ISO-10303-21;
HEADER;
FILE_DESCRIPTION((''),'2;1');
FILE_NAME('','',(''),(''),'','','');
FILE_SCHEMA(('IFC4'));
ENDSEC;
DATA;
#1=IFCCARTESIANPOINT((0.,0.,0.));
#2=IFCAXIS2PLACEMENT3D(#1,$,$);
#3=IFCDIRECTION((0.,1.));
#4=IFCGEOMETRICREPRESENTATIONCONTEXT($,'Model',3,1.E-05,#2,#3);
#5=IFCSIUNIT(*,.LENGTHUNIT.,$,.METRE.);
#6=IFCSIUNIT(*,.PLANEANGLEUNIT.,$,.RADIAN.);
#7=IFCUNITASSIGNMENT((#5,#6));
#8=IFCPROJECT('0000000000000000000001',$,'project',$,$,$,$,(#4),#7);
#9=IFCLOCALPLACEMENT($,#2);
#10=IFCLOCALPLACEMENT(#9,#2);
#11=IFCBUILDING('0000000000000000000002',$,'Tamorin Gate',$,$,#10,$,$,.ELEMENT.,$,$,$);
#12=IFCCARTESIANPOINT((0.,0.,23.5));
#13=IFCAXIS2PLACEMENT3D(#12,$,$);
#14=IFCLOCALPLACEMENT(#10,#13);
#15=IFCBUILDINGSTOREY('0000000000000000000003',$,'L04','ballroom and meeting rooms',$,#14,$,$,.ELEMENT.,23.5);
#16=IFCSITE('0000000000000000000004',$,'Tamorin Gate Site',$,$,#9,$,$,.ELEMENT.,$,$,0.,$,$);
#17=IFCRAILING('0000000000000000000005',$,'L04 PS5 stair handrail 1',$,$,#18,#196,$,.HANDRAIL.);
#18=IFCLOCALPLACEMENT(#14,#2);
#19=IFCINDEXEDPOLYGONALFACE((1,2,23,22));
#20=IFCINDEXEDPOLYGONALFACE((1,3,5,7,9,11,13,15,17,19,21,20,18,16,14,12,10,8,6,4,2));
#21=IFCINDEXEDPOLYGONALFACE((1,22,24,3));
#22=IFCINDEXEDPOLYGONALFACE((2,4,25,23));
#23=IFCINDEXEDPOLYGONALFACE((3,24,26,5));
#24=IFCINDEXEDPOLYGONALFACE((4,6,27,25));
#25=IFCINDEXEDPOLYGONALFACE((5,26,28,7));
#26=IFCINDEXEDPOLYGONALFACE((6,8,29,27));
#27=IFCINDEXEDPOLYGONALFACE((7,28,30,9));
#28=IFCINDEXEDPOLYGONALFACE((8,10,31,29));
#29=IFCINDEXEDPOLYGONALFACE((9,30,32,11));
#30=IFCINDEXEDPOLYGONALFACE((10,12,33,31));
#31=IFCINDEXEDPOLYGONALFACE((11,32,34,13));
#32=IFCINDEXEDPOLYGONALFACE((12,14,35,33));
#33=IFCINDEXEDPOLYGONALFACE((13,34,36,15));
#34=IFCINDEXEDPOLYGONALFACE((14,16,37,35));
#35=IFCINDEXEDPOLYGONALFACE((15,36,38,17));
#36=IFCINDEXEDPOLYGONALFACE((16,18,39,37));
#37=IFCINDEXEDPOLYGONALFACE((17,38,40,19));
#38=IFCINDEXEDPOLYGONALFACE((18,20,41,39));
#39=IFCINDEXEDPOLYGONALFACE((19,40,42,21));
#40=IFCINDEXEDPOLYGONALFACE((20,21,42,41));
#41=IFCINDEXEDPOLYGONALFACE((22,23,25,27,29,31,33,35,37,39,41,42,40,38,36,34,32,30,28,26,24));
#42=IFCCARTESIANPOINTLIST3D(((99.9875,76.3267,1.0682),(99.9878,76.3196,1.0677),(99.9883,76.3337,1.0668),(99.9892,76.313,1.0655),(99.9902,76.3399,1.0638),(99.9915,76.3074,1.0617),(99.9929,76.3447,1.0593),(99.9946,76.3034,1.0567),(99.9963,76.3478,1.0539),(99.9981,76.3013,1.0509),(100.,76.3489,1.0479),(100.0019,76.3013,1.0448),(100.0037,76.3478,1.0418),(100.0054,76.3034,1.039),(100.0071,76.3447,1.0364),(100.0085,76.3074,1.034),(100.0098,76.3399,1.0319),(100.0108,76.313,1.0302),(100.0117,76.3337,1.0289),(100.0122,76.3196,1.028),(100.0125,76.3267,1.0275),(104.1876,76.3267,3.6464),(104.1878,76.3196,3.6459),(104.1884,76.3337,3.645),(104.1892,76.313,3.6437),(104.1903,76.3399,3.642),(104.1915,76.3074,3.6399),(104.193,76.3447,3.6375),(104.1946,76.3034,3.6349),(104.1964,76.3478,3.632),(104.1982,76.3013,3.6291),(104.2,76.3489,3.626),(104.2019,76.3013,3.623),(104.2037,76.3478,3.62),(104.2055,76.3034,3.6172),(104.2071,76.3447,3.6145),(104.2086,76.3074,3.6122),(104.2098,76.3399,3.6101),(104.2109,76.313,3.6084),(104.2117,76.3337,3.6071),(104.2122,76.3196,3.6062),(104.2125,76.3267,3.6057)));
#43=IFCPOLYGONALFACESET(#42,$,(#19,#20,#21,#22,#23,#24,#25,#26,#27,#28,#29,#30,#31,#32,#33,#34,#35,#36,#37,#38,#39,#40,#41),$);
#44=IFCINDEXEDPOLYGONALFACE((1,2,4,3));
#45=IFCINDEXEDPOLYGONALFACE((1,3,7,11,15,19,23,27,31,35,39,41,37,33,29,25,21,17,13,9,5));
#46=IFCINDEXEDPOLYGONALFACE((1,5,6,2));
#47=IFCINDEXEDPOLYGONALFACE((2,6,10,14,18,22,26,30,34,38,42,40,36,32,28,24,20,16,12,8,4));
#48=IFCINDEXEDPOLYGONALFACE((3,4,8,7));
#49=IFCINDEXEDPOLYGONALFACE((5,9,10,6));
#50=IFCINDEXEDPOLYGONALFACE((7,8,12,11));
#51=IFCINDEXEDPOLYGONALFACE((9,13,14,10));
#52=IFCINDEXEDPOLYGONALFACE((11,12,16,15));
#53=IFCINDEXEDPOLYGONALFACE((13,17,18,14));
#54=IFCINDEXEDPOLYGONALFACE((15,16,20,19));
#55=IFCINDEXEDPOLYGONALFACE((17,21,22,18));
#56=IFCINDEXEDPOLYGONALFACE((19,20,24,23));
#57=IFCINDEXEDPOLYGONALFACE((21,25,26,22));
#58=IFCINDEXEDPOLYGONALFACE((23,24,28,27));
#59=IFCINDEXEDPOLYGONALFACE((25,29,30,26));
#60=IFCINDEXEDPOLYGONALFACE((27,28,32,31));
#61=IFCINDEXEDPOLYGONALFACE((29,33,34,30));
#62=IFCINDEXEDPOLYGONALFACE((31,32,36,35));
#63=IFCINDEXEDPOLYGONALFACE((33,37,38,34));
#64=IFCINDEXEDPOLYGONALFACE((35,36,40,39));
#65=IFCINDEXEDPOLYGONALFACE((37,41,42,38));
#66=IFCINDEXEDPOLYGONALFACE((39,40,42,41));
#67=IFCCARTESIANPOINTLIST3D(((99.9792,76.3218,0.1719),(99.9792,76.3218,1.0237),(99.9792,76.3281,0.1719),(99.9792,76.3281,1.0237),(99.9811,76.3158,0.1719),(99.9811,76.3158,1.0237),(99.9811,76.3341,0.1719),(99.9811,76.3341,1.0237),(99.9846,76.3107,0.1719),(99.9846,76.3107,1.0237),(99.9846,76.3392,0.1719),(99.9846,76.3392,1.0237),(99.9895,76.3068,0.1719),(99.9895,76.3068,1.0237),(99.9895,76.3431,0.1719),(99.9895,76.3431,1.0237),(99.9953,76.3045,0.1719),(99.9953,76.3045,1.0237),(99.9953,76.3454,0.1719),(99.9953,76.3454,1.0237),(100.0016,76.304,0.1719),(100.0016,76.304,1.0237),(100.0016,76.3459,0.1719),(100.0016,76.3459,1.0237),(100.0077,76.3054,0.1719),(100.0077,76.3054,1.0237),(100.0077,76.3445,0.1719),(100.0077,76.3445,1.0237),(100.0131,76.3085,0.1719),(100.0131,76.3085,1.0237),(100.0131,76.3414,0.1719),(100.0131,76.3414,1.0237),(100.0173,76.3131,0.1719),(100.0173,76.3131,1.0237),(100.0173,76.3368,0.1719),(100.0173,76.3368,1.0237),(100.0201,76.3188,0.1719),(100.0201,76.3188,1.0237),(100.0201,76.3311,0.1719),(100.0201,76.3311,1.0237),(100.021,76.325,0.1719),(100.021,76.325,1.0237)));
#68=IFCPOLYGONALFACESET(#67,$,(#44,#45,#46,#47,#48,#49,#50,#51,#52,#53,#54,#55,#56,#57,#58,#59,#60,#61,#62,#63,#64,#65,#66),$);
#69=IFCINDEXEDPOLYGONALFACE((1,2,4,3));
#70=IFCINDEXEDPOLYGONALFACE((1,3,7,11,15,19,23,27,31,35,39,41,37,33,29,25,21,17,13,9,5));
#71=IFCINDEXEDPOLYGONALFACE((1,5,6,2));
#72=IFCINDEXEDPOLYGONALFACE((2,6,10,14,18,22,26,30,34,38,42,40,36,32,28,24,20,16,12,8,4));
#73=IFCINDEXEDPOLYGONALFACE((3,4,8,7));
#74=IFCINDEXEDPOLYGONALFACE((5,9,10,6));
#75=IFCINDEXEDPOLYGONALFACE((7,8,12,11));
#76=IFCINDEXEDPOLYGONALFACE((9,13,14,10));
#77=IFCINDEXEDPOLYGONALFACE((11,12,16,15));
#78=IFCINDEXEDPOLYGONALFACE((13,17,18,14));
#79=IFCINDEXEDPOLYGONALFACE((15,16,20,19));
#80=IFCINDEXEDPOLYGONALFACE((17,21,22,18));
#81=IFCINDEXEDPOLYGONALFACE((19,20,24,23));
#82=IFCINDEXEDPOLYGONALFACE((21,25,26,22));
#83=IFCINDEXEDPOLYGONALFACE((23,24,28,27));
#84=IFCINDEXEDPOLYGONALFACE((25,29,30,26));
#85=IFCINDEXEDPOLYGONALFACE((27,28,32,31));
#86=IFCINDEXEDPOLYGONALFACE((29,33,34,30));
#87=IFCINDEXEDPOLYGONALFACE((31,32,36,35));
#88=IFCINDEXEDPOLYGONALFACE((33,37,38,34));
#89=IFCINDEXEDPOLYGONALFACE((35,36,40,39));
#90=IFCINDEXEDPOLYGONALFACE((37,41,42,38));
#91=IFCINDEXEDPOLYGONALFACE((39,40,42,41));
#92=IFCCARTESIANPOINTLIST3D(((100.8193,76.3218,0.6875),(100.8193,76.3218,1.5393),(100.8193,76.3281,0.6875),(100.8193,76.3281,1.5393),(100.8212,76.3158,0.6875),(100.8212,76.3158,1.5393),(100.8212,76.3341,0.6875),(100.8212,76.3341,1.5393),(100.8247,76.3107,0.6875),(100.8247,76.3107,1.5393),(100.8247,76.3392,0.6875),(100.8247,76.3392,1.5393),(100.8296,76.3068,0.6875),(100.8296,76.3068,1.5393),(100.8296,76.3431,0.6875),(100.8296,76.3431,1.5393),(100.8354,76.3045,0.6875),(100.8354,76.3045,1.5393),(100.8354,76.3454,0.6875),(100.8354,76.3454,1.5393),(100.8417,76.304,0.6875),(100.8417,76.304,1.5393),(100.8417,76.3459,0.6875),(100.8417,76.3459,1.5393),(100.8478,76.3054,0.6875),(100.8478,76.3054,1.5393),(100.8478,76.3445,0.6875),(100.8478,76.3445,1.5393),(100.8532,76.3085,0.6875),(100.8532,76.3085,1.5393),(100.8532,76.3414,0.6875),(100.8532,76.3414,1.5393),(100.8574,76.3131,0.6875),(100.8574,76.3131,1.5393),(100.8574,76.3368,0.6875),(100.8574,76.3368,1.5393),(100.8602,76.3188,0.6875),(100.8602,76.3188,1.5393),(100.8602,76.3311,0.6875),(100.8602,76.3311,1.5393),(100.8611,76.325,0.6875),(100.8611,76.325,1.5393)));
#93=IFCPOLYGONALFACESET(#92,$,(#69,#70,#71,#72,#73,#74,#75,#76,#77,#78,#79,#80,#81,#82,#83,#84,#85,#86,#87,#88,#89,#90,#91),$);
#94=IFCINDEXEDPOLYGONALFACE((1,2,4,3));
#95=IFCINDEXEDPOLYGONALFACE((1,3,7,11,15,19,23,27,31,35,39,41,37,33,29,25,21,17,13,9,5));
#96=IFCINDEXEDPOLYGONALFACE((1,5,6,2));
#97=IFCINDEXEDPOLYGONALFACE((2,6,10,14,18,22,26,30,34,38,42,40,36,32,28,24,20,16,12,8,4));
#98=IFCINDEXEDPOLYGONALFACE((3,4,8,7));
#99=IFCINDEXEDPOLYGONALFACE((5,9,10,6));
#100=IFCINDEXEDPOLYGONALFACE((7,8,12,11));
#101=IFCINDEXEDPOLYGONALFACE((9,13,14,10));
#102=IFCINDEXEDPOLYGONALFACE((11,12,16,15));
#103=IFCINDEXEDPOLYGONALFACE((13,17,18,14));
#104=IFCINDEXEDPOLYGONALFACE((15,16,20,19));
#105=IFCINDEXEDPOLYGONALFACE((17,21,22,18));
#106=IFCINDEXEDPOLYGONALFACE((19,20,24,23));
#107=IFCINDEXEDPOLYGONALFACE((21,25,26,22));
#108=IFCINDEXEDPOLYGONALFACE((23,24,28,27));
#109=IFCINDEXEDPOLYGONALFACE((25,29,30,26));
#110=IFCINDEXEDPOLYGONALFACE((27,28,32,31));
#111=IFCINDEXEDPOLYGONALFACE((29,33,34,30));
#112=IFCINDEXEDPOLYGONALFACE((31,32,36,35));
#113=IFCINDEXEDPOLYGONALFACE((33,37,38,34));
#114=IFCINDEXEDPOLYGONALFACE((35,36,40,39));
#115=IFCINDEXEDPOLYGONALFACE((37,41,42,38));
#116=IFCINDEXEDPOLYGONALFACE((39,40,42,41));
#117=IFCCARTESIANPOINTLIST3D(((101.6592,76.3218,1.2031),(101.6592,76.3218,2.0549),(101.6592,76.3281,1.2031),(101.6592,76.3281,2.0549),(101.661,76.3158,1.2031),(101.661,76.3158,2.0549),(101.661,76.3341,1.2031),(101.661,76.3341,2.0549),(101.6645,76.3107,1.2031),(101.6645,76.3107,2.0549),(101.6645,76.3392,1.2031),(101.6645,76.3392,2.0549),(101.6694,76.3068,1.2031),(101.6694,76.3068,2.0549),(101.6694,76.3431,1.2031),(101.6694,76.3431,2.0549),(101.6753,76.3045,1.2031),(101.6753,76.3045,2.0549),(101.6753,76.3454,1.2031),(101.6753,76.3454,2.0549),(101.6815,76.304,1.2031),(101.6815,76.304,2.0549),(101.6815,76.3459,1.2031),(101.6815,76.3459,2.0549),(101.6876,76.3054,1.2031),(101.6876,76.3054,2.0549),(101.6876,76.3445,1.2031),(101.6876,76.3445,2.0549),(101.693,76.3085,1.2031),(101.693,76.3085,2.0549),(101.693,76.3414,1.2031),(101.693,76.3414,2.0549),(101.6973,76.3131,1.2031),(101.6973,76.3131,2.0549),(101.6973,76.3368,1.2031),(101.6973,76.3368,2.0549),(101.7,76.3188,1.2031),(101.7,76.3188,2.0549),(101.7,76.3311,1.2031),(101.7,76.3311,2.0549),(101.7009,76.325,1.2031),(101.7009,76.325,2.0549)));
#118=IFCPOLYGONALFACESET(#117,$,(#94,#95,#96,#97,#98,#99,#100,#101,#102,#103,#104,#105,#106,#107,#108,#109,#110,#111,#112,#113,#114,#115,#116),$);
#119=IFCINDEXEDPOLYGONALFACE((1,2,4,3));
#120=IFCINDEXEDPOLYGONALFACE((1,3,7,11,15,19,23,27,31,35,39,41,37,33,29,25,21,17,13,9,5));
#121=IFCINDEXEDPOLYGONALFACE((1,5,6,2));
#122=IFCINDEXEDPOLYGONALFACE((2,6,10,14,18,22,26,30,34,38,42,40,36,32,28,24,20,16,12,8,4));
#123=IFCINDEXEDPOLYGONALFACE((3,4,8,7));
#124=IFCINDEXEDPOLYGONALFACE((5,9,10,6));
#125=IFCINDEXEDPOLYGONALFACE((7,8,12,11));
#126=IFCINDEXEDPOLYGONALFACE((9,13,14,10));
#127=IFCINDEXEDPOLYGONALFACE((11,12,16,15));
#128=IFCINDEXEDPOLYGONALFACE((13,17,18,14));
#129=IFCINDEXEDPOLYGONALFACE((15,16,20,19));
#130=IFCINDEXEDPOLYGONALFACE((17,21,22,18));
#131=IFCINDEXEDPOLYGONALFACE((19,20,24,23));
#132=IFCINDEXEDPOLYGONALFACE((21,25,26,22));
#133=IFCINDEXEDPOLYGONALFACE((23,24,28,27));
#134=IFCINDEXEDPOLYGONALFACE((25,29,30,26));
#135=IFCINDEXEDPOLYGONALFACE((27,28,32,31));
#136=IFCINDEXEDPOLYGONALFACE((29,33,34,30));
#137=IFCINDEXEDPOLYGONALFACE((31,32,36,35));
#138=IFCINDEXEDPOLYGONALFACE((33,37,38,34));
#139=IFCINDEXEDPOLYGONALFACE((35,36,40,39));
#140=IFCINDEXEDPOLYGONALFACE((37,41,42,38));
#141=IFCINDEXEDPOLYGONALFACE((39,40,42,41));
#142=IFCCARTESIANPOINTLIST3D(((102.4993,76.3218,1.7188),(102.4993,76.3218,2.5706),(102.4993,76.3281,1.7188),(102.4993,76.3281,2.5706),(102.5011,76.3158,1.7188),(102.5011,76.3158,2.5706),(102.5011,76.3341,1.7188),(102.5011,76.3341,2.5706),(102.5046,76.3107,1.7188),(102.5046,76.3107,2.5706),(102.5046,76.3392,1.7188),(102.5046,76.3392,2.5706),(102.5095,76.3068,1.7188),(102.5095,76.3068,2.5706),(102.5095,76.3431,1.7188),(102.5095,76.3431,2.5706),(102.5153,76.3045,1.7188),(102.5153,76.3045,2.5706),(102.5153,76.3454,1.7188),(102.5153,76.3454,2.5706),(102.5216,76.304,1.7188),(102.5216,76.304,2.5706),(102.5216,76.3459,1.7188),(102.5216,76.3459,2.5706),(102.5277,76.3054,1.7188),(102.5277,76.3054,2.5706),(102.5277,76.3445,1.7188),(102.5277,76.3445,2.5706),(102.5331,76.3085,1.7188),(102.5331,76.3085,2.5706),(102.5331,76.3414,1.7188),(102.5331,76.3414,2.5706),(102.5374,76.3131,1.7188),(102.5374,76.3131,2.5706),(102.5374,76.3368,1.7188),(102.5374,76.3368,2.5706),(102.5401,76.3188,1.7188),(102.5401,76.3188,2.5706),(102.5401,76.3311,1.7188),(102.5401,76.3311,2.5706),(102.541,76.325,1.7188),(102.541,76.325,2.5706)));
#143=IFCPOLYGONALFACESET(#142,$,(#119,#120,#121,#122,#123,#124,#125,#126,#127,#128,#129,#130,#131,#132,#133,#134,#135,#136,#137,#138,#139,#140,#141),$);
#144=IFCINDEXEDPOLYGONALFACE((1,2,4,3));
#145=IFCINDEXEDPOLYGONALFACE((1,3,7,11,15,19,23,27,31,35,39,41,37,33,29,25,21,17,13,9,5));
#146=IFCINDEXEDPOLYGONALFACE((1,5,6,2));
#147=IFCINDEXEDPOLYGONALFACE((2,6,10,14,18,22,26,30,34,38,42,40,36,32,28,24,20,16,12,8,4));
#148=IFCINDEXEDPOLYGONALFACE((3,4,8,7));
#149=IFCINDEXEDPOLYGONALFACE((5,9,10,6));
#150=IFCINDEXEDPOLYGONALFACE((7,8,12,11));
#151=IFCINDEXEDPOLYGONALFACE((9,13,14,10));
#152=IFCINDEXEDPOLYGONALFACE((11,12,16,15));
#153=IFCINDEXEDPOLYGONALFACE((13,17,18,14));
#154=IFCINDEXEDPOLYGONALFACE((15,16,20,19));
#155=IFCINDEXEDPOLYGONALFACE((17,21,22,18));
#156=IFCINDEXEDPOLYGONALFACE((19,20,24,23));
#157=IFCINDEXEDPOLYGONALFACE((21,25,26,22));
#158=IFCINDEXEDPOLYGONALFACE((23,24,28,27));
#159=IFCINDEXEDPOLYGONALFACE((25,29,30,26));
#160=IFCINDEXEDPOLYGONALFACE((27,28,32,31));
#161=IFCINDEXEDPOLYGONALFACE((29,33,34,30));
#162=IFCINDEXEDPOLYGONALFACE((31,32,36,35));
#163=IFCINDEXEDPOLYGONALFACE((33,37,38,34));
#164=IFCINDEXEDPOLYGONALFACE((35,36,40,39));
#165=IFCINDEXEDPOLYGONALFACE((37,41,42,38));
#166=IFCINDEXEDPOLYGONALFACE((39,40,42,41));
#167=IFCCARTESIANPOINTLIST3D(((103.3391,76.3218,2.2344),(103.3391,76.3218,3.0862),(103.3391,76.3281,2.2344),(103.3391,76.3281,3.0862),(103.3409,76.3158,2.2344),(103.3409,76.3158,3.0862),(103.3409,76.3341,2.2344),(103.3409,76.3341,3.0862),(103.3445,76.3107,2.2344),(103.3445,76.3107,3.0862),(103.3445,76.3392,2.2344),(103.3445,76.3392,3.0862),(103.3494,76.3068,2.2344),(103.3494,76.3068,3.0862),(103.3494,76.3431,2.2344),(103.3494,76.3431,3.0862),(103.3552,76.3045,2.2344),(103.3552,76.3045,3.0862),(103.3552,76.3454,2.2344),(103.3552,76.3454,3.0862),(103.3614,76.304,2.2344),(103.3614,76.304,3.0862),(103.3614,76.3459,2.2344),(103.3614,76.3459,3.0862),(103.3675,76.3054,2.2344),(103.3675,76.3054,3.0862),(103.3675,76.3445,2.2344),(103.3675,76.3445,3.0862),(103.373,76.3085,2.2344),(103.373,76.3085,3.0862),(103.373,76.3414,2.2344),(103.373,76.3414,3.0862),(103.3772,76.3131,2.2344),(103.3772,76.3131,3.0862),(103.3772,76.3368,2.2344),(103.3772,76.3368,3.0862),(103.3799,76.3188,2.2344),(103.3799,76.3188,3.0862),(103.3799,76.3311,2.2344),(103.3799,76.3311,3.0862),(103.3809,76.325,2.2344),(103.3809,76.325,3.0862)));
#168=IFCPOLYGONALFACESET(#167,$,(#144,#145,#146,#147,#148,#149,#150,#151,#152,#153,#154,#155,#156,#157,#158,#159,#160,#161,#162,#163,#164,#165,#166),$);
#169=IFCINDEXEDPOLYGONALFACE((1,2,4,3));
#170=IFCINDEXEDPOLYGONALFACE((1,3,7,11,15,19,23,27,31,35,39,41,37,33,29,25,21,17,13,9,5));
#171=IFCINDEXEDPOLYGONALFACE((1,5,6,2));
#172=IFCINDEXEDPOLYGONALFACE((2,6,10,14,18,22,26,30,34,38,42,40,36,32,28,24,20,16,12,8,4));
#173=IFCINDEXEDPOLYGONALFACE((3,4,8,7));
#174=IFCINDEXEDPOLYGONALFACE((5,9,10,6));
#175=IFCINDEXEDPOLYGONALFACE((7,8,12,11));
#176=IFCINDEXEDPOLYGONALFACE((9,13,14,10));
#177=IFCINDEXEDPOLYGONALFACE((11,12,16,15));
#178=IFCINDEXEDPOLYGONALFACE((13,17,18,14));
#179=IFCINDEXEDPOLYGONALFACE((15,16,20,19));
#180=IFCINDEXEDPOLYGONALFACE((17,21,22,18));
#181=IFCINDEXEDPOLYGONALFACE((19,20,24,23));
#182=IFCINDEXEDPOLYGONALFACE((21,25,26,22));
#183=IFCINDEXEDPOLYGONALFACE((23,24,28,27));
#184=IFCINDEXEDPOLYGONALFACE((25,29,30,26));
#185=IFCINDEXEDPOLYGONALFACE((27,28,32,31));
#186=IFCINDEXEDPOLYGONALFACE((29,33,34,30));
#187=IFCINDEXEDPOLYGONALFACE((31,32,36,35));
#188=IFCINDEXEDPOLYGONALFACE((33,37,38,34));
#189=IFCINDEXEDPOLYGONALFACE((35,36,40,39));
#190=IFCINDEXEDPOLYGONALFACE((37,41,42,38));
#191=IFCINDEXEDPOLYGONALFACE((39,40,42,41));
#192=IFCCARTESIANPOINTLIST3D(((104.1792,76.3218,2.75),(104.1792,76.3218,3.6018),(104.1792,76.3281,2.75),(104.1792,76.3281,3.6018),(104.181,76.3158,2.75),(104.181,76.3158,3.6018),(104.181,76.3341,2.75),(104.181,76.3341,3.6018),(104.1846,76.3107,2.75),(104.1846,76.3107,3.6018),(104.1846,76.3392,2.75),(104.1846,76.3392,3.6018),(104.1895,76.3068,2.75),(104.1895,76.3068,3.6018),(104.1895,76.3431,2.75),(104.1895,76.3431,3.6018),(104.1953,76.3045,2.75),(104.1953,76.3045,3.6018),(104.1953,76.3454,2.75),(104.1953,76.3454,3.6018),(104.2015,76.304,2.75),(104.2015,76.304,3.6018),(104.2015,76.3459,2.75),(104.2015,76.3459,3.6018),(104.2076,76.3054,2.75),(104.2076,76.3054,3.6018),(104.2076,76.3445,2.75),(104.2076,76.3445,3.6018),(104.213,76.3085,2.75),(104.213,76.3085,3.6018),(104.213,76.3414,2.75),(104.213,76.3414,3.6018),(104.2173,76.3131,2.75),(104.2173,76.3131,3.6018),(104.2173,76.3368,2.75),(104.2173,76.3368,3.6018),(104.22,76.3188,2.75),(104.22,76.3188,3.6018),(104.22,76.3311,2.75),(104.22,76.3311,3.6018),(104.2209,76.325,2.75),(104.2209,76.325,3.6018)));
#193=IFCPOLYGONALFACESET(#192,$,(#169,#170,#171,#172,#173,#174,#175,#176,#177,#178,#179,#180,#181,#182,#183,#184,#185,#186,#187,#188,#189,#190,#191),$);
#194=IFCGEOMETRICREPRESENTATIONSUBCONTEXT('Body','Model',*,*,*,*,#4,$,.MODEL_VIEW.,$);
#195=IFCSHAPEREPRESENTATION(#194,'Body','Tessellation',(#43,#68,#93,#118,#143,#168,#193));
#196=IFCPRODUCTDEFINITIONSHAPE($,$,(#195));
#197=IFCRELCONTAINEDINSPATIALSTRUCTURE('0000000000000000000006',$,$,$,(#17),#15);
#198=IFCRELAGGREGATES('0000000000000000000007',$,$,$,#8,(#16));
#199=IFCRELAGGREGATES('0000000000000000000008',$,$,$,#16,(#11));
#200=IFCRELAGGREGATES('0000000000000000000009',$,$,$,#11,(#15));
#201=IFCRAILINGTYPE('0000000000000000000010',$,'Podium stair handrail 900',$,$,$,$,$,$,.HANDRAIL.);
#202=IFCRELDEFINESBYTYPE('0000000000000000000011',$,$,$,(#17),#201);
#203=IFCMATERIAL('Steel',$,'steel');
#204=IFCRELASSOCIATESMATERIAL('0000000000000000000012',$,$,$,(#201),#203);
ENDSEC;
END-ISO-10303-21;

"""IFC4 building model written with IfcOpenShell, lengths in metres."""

from ifc_helpers import new_model, si_unit, direction, frame, origin, origin_2d, place, context, subcontext, project, spatial, circle, extrude, material, type_object, element, save


model = new_model("IFC4")

# Units and contexts
model_context = context("Model", 3, precision=1e-05, world=origin(), true_north=direction((0.0, 1.0)))
body_context = subcontext(model_context, "Body", "Model", "MODEL_VIEW")
ifc_project = project(units=[si_unit("LENGTHUNIT", "METRE"), si_unit("PLANEANGLEUNIT", "RADIAN")], contexts=[model_context])

# Site, building, storey
site_placement = place(None, origin())
site = spatial("IfcSite", under=ifc_project, at=site_placement, Name="Tamorin Gate Site", CompositionType="ELEMENT", RefElevation=0.0)
building_placement = place(site_placement, origin())
building = spatial("IfcBuilding", under=site, at=building_placement, Name="Tamorin Gate", CompositionType="ELEMENT")
storey_placement = place(building_placement, frame((0.0, 0.0, 23.5)))
storey = spatial("IfcBuildingStorey", under=building, at=storey_placement, Name="L04", Description="ballroom and meeting rooms", CompositionType="ELEMENT", Elevation=23.5)

# Railing
ifc_material_1 = material(Name="Steel", Category="steel")
railing_type_1 = type_object("IfcRailingType", Name="Podium stair handrail 900", PredefinedType="HANDRAIL", material=ifc_material_1)
railing_1_placement = place(storey_placement, frame((100.0, 76.325, 0.1719)))
element("IfcRailing", 1, at=railing_1_placement, inside=storey, type_object=railing_type_1, Name="L04 PS5 stair handrail 1", PredefinedType="HANDRAIL", context=body_context, shape_type="SweptSolid", body=[
    extrude(circle(Radius=0.0239, at=origin_2d()), frame((0.0, 0.0, 0.876), z_axis=(0.852243, 0.0, 0.523146), x_axis=(0.0, 1.0, 0.0)), (0.0, 0.0, 1.0), 4.9282),
    extrude(circle(Radius=0.021, at=origin_2d()), origin(), (0.0, 0.0, 1.0), 0.8518),
    extrude(circle(Radius=0.021, at=origin_2d()), frame((0.8401, 0.0, 0.5156)), (0.0, 0.0, 1.0), 0.8518),
    extrude(circle(Radius=0.021, at=origin_2d()), frame((1.6799, 0.0, 1.0312)), (0.0, 0.0, 1.0), 0.8518),
    extrude(circle(Radius=0.021, at=origin_2d()), frame((2.52, 0.0, 1.5469)), (0.0, 0.0, 1.0), 0.8518),
    extrude(circle(Radius=0.021, at=origin_2d()), frame((3.3599, 0.0, 2.0625)), (0.0, 0.0, 1.0), 0.8518),
    extrude(circle(Radius=0.021, at=origin_2d()), frame((4.2, 0.0, 2.5781)), (0.0, 0.0, 1.0), 0.8518),
])

save(model, "model.ifc")
